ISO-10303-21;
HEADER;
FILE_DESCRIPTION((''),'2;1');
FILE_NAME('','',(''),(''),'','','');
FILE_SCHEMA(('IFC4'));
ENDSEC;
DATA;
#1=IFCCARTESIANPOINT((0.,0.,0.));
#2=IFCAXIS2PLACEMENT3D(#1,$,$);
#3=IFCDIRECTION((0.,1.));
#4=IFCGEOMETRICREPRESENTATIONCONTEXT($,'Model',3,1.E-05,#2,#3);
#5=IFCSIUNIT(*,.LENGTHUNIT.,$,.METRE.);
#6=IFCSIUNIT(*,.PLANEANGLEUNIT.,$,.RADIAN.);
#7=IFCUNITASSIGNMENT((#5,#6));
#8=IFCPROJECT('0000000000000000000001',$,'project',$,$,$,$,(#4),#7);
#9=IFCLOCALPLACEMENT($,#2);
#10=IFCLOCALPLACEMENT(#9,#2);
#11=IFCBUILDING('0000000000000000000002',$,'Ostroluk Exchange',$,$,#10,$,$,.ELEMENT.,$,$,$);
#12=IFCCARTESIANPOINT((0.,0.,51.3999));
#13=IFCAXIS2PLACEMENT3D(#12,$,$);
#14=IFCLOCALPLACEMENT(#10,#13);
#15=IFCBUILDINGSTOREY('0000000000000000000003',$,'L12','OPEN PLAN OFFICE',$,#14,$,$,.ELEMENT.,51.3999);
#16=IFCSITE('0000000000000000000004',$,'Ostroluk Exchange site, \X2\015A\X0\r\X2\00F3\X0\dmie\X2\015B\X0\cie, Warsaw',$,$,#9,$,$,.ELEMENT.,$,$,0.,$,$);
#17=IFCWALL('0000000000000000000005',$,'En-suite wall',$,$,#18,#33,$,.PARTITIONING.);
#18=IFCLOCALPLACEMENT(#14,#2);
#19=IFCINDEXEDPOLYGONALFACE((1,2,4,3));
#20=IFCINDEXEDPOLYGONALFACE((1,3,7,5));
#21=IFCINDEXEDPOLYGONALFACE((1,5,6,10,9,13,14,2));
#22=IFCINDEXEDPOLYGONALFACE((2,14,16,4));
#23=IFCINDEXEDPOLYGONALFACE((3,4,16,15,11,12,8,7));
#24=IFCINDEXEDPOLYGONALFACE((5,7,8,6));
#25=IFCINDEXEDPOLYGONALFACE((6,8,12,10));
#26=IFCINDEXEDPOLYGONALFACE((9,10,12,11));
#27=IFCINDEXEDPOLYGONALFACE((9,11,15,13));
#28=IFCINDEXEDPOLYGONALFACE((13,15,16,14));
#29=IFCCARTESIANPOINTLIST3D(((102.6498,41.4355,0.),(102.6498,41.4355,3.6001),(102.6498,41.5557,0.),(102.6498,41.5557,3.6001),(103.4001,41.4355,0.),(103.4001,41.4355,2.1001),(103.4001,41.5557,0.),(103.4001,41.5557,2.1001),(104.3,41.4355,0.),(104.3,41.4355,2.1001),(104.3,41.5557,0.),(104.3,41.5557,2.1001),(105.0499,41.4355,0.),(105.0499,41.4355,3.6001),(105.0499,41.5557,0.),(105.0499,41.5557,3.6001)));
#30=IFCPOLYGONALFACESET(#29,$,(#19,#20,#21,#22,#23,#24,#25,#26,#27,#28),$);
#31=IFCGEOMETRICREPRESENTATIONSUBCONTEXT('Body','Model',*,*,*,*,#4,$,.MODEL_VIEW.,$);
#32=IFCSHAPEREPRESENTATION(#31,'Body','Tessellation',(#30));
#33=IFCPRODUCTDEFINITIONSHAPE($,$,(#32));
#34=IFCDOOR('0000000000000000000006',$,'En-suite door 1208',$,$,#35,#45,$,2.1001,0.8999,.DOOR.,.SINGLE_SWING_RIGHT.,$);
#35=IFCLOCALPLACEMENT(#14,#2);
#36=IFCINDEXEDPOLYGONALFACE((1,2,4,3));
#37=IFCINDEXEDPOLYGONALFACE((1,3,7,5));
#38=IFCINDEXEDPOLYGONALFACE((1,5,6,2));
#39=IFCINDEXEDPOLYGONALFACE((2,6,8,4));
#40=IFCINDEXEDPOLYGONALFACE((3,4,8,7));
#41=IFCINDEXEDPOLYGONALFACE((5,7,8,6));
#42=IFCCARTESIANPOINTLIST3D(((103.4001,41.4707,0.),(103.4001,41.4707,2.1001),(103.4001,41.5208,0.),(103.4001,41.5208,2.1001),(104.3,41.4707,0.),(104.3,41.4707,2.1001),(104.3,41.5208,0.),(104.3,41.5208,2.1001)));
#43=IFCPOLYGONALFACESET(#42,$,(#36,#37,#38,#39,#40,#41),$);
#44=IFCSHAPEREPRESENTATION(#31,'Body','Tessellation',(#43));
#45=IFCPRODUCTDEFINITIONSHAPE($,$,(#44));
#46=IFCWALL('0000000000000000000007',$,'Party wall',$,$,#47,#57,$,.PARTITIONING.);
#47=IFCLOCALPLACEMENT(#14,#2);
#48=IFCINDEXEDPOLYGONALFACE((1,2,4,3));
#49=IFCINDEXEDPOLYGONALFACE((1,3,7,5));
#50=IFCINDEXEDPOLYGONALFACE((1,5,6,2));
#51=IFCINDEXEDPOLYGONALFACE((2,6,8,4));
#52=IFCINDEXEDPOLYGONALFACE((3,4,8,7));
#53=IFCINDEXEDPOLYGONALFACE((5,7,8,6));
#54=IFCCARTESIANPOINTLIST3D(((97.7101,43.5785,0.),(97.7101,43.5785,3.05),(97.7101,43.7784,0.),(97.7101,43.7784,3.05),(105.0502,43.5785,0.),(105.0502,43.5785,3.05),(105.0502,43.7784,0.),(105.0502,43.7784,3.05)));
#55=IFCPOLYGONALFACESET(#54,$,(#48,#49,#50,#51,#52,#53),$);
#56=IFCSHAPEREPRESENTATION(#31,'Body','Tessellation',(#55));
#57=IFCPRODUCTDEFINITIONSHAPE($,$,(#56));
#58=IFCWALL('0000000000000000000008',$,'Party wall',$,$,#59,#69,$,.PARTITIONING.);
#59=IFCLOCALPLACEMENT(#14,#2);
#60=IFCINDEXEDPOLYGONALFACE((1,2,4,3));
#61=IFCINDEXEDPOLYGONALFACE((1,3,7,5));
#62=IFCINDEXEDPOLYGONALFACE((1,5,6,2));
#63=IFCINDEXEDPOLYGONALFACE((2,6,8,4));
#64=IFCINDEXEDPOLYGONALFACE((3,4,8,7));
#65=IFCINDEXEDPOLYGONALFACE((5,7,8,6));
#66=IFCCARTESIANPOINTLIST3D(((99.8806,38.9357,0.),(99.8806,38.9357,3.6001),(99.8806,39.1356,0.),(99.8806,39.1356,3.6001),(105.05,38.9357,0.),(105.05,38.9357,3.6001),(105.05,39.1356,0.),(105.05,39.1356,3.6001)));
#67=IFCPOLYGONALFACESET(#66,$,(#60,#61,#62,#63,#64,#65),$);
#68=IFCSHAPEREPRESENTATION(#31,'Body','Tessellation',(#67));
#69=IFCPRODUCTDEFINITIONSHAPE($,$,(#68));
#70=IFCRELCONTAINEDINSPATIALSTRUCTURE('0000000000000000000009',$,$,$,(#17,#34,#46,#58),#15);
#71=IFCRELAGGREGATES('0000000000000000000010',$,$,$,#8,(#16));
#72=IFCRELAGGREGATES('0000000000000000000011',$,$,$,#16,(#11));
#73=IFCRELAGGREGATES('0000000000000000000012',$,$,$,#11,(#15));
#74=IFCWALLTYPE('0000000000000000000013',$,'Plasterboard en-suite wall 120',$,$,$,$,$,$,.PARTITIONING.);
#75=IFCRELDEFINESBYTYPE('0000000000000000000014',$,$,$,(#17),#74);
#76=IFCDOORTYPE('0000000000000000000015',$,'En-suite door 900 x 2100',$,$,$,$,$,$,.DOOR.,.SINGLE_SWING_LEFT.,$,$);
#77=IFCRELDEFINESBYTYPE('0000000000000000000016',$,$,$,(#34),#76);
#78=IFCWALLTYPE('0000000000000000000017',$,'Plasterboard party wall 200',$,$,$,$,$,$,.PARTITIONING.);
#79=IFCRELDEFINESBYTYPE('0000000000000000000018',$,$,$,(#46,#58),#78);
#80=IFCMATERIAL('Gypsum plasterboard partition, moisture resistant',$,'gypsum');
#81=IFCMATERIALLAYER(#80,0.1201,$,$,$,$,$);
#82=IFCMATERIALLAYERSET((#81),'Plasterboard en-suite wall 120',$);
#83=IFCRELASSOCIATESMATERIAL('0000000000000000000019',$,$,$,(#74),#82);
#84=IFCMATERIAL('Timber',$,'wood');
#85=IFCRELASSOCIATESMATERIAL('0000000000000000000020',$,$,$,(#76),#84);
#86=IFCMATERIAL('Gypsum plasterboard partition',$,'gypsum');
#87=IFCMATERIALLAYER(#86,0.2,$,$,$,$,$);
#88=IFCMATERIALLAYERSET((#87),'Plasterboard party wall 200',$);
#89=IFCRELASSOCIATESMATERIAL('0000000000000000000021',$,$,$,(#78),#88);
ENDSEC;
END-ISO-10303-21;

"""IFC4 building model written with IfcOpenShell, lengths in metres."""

from ifc_helpers import new_model, si_unit, direction, frame, frame_2d, origin, place, context, subcontext, project, spatial, rectangle, extrude, material, layer, layer_set, type_object, element, fill, save


model = new_model("IFC4")

# Units and contexts
model_context = context("Model", 3, precision=1e-05, world=origin(), true_north=direction((0.0, 1.0)))
body_context = subcontext(model_context, "Body", "Model", "MODEL_VIEW")
ifc_project = project(units=[si_unit("LENGTHUNIT", "METRE"), si_unit("PLANEANGLEUNIT", "RADIAN")], contexts=[model_context])

# Site, building, storey
site_placement = place(None, origin())
site = spatial("IfcSite", under=ifc_project, at=site_placement, Name="Ostroluk Exchange site, Śródmieście, Warsaw", CompositionType="ELEMENT", RefElevation=0.0)
building_placement = place(site_placement, origin())
building = spatial("IfcBuilding", under=site, at=building_placement, Name="Ostroluk Exchange", CompositionType="ELEMENT")
storey_placement = place(building_placement, frame((0.0, 0.0, 51.3999)))
storey = spatial("IfcBuildingStorey", under=building, at=storey_placement, Name="L12", Description="OPEN PLAN OFFICE", CompositionType="ELEMENT", Elevation=51.3999)

# Shared definitions
ifc_material_1 = material(Name="Gypsum plasterboard partition, moisture resistant", Category="gypsum")
ifc_layer_1 = layer(ifc_material_1, 0.1201)
ifc_layer_set_1 = layer_set([ifc_layer_1], Name="Plasterboard en-suite wall 120")
wall_type_1 = type_object("IfcWallType", Name="Plasterboard en-suite wall 120", PredefinedType="PARTITIONING", material=ifc_layer_set_1)
ifc_material_2 = material(Name="Timber", Category="wood")
door_type_1 = type_object("IfcDoorType", Name="En-suite door 900 x 2100", OperationType="SINGLE_SWING_LEFT", PredefinedType="DOOR", material=ifc_material_2)

# Wall, opening, door
wall_1_placement = place(storey_placement, frame((105.05, 41.4956, 0.0), z_axis=(0.0, 0.0, 1.0), x_axis=(-1.0, 0.0, 0.0)))
wall_1 = element("IfcWall", 1, at=wall_1_placement, inside=storey, type_object=wall_type_1, Name="En-suite wall", PredefinedType="PARTITIONING", context=body_context, shape_type="SweptSolid", body=[
    extrude(rectangle(XDim=2.4001, YDim=0.1201, at=frame_2d((1.2002, 0.0))), origin(), (0.0, 0.0, 1.0), 3.6001),
])
opening_1_placement = place(wall_1_placement, frame((0.75, 0.0, 0.0)))
opening_1 = element("IfcOpeningElement", 2, at=opening_1_placement, cuts=wall_1, PredefinedType="OPENING", context=body_context, shape_type="SweptSolid", body=[
    extrude(rectangle(XDim=0.8999, YDim=2.1001, at=frame_2d((0.45, 1.05))), frame((0.0, 0.0701, 0.0), z_axis=(0.0, -1.0, 0.0), x_axis=(1.0, 0.0, 0.0)), (0.0, 0.0, 1.0), 0.1401),
])
door_1_placement = place(opening_1_placement, origin())
door_1 = element("IfcDoor", 3, at=door_1_placement, inside=storey, type_object=door_type_1, Name="En-suite door 1208", OperationType="SINGLE_SWING_RIGHT", OverallHeight=2.1001, OverallWidth=0.8999, PredefinedType="DOOR", context=body_context, shape_type="SweptSolid", body=[
    extrude(rectangle(XDim=0.8999, YDim=2.1001, at=frame_2d((0.45, 1.05))), frame((0.0, 0.0249, 0.0), z_axis=(0.0, -1.0, 0.0), x_axis=(1.0, 0.0, 0.0)), (0.0, 0.0, 1.0), 0.05),
])
fill(opening_1, door_1)

# Walls
ifc_material_3 = material(Name="Gypsum plasterboard partition", Category="gypsum")
ifc_layer_2 = layer(ifc_material_3, 0.2)
ifc_layer_set_2 = layer_set([ifc_layer_2], Name="Plasterboard party wall 200")
wall_type_2 = type_object("IfcWallType", Name="Plasterboard party wall 200", PredefinedType="PARTITIONING", material=ifc_layer_set_2)
wall_2_placement = place(storey_placement, frame((105.05, 43.6785, 0.0), z_axis=(0.0, 0.0, 1.0), x_axis=(-1.0, 0.0, 0.0)))
element("IfcWall", 4, at=wall_2_placement, inside=storey, type_object=wall_type_2, Name="Party wall", PredefinedType="PARTITIONING", context=body_context, shape_type="SweptSolid", body=[
    extrude(rectangle(XDim=7.3401, YDim=0.2, at=frame_2d((3.6699, 0.0))), origin(), (0.0, 0.0, 1.0), 3.05),
])
wall_3_placement = place(storey_placement, frame((105.05, 39.0356, 0.0), z_axis=(0.0, 0.0, 1.0), x_axis=(-1.0, 0.0, 0.0)))
element("IfcWall", 5, at=wall_3_placement, inside=storey, type_object=wall_type_2, Name="Party wall", PredefinedType="PARTITIONING", context=body_context, shape_type="SweptSolid", body=[
    extrude(rectangle(XDim=5.1694, YDim=0.2, at=frame_2d((2.5847, 0.0))), origin(), (0.0, 0.0, 1.0), 3.6001),
])

save(model, "model.ifc")
